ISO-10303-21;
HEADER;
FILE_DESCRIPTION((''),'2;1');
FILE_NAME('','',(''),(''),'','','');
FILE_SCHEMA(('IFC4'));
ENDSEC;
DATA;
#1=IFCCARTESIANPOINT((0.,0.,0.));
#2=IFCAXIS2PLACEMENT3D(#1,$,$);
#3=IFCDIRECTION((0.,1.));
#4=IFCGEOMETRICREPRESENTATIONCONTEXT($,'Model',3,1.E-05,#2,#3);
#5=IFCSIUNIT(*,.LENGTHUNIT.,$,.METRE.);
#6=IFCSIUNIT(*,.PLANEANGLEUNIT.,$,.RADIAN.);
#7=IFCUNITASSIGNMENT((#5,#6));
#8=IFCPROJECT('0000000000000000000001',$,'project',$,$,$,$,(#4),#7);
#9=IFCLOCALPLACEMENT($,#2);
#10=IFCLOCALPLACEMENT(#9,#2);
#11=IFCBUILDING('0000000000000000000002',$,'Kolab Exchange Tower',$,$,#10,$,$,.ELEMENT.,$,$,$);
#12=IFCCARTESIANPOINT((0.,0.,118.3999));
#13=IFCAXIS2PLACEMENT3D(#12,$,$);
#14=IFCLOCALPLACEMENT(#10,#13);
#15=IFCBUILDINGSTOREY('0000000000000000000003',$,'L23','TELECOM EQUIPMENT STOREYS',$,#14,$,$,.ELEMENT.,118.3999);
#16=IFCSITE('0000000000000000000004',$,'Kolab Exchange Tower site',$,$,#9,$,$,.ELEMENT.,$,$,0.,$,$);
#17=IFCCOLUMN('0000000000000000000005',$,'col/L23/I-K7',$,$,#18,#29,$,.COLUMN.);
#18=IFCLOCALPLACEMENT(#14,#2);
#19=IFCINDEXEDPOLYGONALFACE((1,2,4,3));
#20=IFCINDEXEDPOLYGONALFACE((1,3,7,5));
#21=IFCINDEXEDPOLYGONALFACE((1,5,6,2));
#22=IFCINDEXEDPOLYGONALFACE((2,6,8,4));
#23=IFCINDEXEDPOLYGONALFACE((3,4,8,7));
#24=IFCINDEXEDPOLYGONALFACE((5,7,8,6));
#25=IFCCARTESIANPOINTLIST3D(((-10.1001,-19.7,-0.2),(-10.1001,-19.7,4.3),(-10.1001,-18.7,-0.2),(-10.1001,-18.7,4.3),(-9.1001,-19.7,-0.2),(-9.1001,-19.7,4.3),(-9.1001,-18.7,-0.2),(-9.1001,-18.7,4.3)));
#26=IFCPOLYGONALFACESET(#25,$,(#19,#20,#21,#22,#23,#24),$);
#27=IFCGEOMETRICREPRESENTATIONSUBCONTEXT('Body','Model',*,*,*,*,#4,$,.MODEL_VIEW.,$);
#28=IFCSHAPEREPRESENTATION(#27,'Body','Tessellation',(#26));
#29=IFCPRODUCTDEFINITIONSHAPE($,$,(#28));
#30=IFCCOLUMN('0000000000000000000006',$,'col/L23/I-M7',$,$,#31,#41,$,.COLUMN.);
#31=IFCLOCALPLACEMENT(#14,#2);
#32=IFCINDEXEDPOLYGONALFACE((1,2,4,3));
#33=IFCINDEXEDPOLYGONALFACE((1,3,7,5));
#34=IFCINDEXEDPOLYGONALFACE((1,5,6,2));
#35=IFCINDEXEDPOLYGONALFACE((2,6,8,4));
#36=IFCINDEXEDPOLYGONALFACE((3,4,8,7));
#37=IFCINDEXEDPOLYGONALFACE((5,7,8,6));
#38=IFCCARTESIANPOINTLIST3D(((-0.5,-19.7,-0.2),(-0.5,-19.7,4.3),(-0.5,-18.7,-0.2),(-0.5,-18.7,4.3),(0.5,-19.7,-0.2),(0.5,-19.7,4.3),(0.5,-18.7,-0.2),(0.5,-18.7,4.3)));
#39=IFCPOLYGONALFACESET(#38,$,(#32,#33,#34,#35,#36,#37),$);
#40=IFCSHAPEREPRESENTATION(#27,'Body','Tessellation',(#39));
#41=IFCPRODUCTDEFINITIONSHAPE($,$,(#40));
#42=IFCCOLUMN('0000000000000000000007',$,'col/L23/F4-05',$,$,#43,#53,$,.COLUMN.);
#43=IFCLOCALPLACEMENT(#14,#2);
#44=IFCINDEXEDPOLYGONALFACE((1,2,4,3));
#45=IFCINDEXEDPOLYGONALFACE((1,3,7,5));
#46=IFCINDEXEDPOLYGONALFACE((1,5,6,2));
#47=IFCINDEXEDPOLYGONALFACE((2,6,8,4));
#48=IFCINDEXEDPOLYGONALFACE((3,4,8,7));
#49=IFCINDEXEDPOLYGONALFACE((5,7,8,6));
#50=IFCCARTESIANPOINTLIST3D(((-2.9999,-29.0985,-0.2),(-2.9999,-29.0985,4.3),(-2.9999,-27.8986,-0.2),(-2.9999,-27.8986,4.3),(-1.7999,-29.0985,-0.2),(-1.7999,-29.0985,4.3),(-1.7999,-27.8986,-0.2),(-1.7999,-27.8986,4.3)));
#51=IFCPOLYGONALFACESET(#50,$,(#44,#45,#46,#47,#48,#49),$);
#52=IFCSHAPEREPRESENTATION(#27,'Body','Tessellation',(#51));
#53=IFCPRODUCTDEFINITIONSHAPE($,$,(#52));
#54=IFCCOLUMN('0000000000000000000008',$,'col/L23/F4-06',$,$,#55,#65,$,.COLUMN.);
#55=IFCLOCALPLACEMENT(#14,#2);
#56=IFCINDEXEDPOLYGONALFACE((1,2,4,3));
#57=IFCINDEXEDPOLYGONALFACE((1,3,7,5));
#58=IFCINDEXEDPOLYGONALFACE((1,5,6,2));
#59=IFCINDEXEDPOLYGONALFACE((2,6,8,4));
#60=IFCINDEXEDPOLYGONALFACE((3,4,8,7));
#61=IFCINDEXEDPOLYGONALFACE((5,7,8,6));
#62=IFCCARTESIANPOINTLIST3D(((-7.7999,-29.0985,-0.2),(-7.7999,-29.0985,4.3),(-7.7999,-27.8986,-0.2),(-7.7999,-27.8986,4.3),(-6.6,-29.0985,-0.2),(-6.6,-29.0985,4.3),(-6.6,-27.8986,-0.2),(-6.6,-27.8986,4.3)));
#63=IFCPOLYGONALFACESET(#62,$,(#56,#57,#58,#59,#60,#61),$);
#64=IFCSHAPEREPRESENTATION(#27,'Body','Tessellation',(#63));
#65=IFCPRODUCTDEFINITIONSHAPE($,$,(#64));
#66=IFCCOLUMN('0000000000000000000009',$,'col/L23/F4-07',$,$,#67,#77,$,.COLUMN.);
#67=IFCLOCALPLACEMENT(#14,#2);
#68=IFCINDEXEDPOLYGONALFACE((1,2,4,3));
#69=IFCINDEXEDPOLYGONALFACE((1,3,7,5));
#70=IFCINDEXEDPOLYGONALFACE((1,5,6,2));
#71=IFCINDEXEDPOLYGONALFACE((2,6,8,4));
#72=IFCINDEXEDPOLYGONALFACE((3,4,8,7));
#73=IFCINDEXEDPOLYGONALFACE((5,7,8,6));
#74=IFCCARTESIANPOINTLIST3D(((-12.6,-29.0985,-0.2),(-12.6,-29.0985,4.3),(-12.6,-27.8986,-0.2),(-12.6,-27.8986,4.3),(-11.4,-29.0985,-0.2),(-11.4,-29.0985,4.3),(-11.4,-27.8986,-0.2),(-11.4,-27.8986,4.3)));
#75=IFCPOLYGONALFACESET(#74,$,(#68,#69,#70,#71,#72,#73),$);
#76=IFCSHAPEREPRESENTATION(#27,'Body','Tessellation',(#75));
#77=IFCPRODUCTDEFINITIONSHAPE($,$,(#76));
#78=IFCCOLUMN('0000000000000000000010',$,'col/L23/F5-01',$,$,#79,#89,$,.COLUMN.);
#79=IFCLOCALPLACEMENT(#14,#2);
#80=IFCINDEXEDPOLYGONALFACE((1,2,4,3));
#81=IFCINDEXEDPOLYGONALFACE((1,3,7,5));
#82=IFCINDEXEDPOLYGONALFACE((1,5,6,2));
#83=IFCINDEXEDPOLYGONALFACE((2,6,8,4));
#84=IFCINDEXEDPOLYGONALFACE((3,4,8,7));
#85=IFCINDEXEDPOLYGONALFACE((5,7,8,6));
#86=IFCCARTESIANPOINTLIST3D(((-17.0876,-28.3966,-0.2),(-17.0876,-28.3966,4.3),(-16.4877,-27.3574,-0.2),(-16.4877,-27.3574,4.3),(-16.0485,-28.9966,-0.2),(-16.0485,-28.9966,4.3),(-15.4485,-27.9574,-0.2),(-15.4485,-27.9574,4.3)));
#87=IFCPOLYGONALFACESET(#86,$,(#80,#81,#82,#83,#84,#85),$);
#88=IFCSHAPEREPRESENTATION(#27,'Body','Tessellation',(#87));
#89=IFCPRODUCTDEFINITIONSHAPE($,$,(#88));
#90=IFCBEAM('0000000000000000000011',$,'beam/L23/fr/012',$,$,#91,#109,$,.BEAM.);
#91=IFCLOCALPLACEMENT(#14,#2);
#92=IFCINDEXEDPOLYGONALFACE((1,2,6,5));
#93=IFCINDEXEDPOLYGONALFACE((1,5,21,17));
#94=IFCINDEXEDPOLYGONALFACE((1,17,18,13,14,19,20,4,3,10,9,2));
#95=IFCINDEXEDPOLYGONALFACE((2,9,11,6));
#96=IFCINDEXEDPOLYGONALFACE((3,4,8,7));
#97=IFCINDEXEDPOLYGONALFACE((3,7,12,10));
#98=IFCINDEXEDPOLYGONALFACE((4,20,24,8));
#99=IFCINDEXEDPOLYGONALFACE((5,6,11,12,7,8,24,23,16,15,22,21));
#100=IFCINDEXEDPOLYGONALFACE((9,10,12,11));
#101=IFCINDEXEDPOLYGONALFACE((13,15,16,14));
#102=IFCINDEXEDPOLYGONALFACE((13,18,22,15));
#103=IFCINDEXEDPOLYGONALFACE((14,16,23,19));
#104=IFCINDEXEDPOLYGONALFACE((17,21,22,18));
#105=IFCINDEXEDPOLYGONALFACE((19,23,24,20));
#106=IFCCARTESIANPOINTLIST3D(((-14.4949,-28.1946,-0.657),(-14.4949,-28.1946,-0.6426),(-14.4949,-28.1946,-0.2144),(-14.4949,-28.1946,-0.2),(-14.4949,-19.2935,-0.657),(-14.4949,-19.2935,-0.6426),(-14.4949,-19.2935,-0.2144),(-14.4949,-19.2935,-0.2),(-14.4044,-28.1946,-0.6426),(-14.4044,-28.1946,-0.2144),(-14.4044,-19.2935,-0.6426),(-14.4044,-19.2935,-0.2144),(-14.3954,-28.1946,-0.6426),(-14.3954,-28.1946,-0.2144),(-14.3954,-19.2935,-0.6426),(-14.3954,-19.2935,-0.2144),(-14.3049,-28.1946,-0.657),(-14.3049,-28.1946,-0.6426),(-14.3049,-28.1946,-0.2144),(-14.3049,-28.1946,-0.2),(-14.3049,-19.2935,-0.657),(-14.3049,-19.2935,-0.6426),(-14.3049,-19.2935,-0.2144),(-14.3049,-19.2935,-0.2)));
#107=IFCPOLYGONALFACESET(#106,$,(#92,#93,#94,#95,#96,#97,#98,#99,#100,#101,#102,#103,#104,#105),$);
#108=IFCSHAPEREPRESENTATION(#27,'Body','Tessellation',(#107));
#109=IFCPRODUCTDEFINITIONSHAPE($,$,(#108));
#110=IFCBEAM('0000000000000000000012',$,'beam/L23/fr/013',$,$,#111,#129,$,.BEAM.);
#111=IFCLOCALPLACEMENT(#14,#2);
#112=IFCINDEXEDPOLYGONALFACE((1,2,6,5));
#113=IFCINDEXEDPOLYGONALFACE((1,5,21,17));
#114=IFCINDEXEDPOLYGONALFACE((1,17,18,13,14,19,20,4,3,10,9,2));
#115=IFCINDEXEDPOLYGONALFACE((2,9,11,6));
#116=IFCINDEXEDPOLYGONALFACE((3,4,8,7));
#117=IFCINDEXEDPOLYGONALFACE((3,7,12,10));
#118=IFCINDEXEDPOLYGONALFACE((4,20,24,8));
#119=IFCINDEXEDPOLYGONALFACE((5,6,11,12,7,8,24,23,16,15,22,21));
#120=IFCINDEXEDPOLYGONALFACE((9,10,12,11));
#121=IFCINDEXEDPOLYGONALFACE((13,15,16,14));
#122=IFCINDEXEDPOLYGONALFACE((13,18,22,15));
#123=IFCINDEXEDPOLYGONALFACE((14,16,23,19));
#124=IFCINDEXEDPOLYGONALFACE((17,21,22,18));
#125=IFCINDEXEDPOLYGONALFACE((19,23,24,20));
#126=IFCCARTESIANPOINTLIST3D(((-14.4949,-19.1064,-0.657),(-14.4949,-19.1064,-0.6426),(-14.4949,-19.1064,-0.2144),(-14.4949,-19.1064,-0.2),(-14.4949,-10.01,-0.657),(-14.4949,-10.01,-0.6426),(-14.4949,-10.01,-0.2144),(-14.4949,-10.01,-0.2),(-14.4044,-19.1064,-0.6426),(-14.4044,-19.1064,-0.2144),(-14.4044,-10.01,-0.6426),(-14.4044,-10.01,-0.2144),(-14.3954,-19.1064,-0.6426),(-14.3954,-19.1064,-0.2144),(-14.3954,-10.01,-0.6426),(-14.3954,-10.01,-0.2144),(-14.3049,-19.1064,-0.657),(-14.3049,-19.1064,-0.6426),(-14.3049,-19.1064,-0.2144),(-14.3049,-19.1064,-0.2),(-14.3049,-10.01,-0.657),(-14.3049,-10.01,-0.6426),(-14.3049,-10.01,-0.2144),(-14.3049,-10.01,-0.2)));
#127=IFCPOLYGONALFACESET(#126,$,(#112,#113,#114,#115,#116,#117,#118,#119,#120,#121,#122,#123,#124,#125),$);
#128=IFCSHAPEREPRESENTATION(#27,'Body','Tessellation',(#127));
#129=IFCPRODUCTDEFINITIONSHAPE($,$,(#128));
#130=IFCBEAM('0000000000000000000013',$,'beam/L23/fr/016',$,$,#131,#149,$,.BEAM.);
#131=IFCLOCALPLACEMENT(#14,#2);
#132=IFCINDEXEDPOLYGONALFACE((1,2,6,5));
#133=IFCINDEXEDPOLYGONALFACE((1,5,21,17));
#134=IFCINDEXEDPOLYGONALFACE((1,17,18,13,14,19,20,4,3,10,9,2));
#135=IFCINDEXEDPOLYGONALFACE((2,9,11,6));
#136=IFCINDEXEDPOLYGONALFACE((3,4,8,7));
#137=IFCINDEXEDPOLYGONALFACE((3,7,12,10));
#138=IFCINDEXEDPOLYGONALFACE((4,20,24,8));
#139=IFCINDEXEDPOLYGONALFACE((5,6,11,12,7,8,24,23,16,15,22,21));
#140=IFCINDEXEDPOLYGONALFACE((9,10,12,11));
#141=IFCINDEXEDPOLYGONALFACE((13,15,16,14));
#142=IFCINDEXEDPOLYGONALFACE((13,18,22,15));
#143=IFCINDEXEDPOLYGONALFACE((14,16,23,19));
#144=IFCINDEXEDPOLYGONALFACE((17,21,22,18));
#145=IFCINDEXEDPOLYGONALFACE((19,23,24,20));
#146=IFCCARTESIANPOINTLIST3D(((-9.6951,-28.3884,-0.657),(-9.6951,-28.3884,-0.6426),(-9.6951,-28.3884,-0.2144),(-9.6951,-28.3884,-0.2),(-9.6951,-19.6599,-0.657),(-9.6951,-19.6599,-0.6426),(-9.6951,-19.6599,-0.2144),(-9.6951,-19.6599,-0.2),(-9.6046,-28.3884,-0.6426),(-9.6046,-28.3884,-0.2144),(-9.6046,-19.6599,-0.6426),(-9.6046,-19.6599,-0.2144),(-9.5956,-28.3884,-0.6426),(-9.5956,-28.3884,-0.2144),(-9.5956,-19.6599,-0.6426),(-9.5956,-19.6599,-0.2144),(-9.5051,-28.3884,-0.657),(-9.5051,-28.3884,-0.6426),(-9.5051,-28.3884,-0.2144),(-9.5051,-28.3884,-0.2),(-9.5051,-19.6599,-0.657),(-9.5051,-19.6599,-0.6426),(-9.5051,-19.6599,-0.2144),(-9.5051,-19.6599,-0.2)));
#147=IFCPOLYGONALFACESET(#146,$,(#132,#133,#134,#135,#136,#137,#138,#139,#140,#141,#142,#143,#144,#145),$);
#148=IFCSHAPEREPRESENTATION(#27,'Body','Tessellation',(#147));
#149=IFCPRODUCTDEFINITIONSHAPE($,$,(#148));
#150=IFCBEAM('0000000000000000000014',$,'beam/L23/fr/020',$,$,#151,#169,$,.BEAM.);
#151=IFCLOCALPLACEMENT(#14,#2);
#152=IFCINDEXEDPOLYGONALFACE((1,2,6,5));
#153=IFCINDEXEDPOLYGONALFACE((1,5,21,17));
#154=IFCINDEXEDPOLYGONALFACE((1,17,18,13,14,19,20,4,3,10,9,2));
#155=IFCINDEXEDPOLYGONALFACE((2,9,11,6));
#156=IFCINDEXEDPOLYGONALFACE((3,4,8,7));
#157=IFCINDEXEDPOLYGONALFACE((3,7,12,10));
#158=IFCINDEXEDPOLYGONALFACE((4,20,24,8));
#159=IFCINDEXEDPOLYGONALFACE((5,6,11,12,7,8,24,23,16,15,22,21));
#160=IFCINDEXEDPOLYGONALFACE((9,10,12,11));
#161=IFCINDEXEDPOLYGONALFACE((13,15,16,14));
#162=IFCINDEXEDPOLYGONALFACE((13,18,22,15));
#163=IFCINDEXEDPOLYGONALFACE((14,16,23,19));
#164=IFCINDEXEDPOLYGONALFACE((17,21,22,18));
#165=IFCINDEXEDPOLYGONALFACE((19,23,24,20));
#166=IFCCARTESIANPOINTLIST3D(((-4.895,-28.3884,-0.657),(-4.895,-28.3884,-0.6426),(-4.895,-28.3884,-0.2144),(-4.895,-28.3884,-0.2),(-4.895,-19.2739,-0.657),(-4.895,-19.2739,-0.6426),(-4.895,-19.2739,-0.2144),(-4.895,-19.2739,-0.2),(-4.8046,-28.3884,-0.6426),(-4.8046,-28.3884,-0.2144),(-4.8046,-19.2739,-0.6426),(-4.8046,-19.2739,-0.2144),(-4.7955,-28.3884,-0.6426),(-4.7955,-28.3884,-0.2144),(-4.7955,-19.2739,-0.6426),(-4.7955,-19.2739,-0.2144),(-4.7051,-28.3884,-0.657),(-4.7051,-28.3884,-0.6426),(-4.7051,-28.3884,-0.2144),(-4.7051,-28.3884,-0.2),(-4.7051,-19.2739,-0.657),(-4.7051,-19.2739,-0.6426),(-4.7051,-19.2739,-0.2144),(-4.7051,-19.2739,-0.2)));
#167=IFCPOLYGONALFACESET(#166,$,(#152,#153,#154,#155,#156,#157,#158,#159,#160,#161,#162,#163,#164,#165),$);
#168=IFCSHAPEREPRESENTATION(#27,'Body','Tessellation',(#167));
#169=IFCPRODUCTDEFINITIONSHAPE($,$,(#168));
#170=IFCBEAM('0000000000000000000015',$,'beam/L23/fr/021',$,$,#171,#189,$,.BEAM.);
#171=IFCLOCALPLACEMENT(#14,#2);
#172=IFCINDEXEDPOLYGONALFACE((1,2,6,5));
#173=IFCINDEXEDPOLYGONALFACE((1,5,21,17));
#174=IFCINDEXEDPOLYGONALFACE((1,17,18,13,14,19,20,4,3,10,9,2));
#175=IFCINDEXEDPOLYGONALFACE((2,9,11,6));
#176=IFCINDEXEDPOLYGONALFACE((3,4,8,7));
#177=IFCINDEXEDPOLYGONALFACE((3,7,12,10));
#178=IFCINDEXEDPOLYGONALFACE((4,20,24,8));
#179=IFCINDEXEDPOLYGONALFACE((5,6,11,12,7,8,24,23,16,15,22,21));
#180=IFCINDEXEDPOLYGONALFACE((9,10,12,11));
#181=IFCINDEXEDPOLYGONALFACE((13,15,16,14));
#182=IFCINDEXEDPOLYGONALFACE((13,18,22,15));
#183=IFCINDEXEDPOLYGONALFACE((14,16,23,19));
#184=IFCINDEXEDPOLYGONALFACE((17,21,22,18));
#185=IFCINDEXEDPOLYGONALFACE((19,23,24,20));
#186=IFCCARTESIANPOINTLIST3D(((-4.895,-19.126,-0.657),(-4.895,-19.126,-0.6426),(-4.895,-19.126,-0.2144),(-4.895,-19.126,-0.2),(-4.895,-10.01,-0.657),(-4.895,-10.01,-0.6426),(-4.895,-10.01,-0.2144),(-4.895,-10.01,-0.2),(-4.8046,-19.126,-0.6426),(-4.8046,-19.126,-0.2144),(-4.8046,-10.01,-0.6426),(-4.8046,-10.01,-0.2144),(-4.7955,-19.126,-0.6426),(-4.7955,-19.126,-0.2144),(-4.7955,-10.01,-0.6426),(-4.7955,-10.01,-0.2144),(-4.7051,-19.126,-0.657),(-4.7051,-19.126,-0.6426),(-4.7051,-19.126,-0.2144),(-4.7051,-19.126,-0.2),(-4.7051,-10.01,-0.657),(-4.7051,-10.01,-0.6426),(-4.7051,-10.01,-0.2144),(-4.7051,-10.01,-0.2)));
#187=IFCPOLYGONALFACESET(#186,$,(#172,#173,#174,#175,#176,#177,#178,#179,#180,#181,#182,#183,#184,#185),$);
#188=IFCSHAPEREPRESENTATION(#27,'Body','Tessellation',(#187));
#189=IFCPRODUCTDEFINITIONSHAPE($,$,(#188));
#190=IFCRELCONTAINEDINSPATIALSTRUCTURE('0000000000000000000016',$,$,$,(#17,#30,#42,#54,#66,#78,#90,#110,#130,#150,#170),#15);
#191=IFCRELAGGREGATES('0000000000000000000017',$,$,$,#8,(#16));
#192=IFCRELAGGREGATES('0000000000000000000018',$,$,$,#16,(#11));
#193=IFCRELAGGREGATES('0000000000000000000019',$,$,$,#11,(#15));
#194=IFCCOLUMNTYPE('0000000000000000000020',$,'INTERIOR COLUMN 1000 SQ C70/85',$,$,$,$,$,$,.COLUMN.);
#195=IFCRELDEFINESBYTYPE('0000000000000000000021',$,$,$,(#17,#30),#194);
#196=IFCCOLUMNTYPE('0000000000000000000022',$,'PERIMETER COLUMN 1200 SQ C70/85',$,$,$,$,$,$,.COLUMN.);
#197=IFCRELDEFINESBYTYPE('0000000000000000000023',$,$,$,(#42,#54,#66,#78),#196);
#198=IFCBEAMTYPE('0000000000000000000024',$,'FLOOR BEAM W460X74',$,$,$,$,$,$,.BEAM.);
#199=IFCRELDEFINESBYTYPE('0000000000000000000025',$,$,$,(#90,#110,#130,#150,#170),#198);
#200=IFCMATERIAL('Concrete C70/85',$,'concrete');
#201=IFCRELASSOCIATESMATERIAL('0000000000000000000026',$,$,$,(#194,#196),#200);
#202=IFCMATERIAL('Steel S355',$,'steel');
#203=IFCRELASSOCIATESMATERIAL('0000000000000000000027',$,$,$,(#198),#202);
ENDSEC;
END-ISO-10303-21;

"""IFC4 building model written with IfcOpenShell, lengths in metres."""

from ifc_helpers import new_model, si_unit, direction, frame, origin, origin_2d, place, context, subcontext, project, spatial, rectangle, i_section, extrude, material, material_profile, profile_set, type_object, element, save


model = new_model("IFC4")

# Units and contexts
model_context = context("Model", 3, precision=1e-05, world=origin(), true_north=direction((0.0, 1.0)))
body_context = subcontext(model_context, "Body", "Model", "MODEL_VIEW")
ifc_project = project(units=[si_unit("LENGTHUNIT", "METRE"), si_unit("PLANEANGLEUNIT", "RADIAN")], contexts=[model_context])

# Site, building, storey
site_placement = place(None, origin())
site = spatial("IfcSite", under=ifc_project, at=site_placement, Name="Kolab Exchange Tower site", CompositionType="ELEMENT", RefElevation=0.0)
building_placement = place(site_placement, origin())
building = spatial("IfcBuilding", under=site, at=building_placement, Name="Kolab Exchange Tower", CompositionType="ELEMENT")
storey_placement = place(building_placement, frame((0.0, 0.0, 118.3999)))
storey = spatial("IfcBuildingStorey", under=building, at=storey_placement, Name="L23", Description="TELECOM EQUIPMENT STOREYS", CompositionType="ELEMENT", Elevation=118.3999)

# Columns
ifc_material_1 = material(Name="Concrete C70/85", Category="concrete")
ifc_material_profile_1 = material_profile(ifc_material_1, rectangle(XDim=1.0, YDim=1.0, at=origin_2d()), Name="RC1000")
ifc_profile_set_1 = profile_set([ifc_material_profile_1], Name="Concrete C70/85")
column_type_1 = type_object("IfcColumnType", Name="INTERIOR COLUMN 1000 SQ C70/85", PredefinedType="COLUMN", material=ifc_profile_set_1)
for number, where, z_axis, x_axis, name in (
    (1, (-9.6001, -19.2, -0.2), (0.0, 0.0, 1.0), (1.0, 0.0, 0.0), "col/L23/I-K7"),
    (2, (0.0, -19.2, -0.2), (0.0, 0.0, 1.0), (1.0, 0.0, 0.0), "col/L23/I-M7"),
):
    element("IfcColumn", number, at=place(storey_placement, frame(where, z_axis=z_axis, x_axis=x_axis)), inside=storey, type_object=column_type_1, Name=name, PredefinedType="COLUMN", context=body_context, shape_type="SweptSolid", body=[
        extrude(rectangle(XDim=1.0, YDim=1.0, at=origin_2d()), origin(), (0.0, 0.0, 1.0), 4.5),
    ])
ifc_material_profile_2 = material_profile(ifc_material_1, rectangle(XDim=1.2, YDim=1.2, at=origin_2d()), Name="RC1200")
ifc_profile_set_2 = profile_set([ifc_material_profile_2], Name="Concrete C70/85")
column_type_2 = type_object("IfcColumnType", Name="PERIMETER COLUMN 1200 SQ C70/85", PredefinedType="COLUMN", material=ifc_profile_set_2)
for number, where, z_axis, x_axis, name in (
    (3, (-2.3999, -28.4985, -0.2), (0.0, 0.0, 1.0), (1.0, 0.0, 0.0), "col/L23/F4-05"),
    (4, (-7.2, -28.4985, -0.2), (0.0, 0.0, 1.0), (1.0, 0.0, 0.0), "col/L23/F4-06"),
    (5, (-12.0, -28.4985, -0.2), (0.0, 0.0, 1.0), (1.0, 0.0, 0.0), "col/L23/F4-07"),
    (6, (-16.2681, -28.177, -0.2), (0.0, 0.0, 1.0), (0.5, 0.866025, 0.0), "col/L23/F5-01"),
):
    element("IfcColumn", number, at=place(storey_placement, frame(where, z_axis=z_axis, x_axis=x_axis)), inside=storey, type_object=column_type_2, Name=name, PredefinedType="COLUMN", context=body_context, shape_type="SweptSolid", body=[
        extrude(rectangle(XDim=1.2, YDim=1.2, at=origin_2d()), origin(), (0.0, 0.0, 1.0), 4.5),
    ])

# Beams
ifc_material_2 = material(Name="Steel S355", Category="steel")
ifc_material_profile_3 = material_profile(ifc_material_2, i_section(OverallWidth=0.1899, OverallDepth=0.457, WebThickness=0.009, FlangeThickness=0.0144, at=origin_2d()), Name="W460X74")
ifc_profile_set_3 = profile_set([ifc_material_profile_3], Name="Steel S355")
beam_type_1 = type_object("IfcBeamType", Name="FLOOR BEAM W460X74", PredefinedType="BEAM", material=ifc_profile_set_3)
beam_1_placement = place(storey_placement, frame((-14.3999, -28.1946, -0.4285), z_axis=(0.0, 1.0, 0.0), x_axis=(-1.0, 0.0, 0.0)))
element("IfcBeam", 7, at=beam_1_placement, inside=storey, type_object=beam_type_1, Name="beam/L23/fr/012", PredefinedType="BEAM", context=body_context, shape_type="SweptSolid", body=[
    extrude(i_section(OverallWidth=0.1899, OverallDepth=0.457, WebThickness=0.009, FlangeThickness=0.0144, at=origin_2d()), origin(), (0.0, 0.0, 1.0), 8.9011),
])
beam_2_placement = place(storey_placement, frame((-14.3999, -19.1064, -0.4285), z_axis=(0.0, 1.0, 0.0), x_axis=(-1.0, 0.0, 0.0)))
element("IfcBeam", 8, at=beam_2_placement, inside=storey, type_object=beam_type_1, Name="beam/L23/fr/013", PredefinedType="BEAM", context=body_context, shape_type="SweptSolid", body=[
    extrude(i_section(OverallWidth=0.1899, OverallDepth=0.457, WebThickness=0.009, FlangeThickness=0.0144, at=origin_2d()), origin(), (0.0, 0.0, 1.0), 9.0964),
])
beam_3_placement = place(storey_placement, frame((-9.6001, -28.3884, -0.4285), z_axis=(0.0, 1.0, 0.0), x_axis=(-1.0, 0.0, 0.0)))
element("IfcBeam", 9, at=beam_3_placement, inside=storey, type_object=beam_type_1, Name="beam/L23/fr/016", PredefinedType="BEAM", context=body_context, shape_type="SweptSolid", body=[
    extrude(i_section(OverallWidth=0.1899, OverallDepth=0.457, WebThickness=0.009, FlangeThickness=0.0144, at=origin_2d()), origin(), (0.0, 0.0, 1.0), 8.7285),
])
beam_4_placement = place(storey_placement, frame((-4.8, -28.3884, -0.4285), z_axis=(0.0, 1.0, 0.0), x_axis=(-1.0, 0.0, 0.0)))
element("IfcBeam", 10, at=beam_4_placement, inside=storey, type_object=beam_type_1, Name="beam/L23/fr/020", PredefinedType="BEAM", context=body_context, shape_type="SweptSolid", body=[
    extrude(i_section(OverallWidth=0.1899, OverallDepth=0.457, WebThickness=0.009, FlangeThickness=0.0144, at=origin_2d()), origin(), (0.0, 0.0, 1.0), 9.1145),
])
beam_5_placement = place(storey_placement, frame((-4.8, -19.126, -0.4285), z_axis=(0.0, 1.0, 0.0), x_axis=(-1.0, 0.0, 0.0)))
element("IfcBeam", 11, at=beam_5_placement, inside=storey, type_object=beam_type_1, Name="beam/L23/fr/021", PredefinedType="BEAM", context=body_context, shape_type="SweptSolid", body=[
    extrude(i_section(OverallWidth=0.1899, OverallDepth=0.457, WebThickness=0.009, FlangeThickness=0.0144, at=origin_2d()), origin(), (0.0, 0.0, 1.0), 9.116),
])

save(model, "model.ifc")
